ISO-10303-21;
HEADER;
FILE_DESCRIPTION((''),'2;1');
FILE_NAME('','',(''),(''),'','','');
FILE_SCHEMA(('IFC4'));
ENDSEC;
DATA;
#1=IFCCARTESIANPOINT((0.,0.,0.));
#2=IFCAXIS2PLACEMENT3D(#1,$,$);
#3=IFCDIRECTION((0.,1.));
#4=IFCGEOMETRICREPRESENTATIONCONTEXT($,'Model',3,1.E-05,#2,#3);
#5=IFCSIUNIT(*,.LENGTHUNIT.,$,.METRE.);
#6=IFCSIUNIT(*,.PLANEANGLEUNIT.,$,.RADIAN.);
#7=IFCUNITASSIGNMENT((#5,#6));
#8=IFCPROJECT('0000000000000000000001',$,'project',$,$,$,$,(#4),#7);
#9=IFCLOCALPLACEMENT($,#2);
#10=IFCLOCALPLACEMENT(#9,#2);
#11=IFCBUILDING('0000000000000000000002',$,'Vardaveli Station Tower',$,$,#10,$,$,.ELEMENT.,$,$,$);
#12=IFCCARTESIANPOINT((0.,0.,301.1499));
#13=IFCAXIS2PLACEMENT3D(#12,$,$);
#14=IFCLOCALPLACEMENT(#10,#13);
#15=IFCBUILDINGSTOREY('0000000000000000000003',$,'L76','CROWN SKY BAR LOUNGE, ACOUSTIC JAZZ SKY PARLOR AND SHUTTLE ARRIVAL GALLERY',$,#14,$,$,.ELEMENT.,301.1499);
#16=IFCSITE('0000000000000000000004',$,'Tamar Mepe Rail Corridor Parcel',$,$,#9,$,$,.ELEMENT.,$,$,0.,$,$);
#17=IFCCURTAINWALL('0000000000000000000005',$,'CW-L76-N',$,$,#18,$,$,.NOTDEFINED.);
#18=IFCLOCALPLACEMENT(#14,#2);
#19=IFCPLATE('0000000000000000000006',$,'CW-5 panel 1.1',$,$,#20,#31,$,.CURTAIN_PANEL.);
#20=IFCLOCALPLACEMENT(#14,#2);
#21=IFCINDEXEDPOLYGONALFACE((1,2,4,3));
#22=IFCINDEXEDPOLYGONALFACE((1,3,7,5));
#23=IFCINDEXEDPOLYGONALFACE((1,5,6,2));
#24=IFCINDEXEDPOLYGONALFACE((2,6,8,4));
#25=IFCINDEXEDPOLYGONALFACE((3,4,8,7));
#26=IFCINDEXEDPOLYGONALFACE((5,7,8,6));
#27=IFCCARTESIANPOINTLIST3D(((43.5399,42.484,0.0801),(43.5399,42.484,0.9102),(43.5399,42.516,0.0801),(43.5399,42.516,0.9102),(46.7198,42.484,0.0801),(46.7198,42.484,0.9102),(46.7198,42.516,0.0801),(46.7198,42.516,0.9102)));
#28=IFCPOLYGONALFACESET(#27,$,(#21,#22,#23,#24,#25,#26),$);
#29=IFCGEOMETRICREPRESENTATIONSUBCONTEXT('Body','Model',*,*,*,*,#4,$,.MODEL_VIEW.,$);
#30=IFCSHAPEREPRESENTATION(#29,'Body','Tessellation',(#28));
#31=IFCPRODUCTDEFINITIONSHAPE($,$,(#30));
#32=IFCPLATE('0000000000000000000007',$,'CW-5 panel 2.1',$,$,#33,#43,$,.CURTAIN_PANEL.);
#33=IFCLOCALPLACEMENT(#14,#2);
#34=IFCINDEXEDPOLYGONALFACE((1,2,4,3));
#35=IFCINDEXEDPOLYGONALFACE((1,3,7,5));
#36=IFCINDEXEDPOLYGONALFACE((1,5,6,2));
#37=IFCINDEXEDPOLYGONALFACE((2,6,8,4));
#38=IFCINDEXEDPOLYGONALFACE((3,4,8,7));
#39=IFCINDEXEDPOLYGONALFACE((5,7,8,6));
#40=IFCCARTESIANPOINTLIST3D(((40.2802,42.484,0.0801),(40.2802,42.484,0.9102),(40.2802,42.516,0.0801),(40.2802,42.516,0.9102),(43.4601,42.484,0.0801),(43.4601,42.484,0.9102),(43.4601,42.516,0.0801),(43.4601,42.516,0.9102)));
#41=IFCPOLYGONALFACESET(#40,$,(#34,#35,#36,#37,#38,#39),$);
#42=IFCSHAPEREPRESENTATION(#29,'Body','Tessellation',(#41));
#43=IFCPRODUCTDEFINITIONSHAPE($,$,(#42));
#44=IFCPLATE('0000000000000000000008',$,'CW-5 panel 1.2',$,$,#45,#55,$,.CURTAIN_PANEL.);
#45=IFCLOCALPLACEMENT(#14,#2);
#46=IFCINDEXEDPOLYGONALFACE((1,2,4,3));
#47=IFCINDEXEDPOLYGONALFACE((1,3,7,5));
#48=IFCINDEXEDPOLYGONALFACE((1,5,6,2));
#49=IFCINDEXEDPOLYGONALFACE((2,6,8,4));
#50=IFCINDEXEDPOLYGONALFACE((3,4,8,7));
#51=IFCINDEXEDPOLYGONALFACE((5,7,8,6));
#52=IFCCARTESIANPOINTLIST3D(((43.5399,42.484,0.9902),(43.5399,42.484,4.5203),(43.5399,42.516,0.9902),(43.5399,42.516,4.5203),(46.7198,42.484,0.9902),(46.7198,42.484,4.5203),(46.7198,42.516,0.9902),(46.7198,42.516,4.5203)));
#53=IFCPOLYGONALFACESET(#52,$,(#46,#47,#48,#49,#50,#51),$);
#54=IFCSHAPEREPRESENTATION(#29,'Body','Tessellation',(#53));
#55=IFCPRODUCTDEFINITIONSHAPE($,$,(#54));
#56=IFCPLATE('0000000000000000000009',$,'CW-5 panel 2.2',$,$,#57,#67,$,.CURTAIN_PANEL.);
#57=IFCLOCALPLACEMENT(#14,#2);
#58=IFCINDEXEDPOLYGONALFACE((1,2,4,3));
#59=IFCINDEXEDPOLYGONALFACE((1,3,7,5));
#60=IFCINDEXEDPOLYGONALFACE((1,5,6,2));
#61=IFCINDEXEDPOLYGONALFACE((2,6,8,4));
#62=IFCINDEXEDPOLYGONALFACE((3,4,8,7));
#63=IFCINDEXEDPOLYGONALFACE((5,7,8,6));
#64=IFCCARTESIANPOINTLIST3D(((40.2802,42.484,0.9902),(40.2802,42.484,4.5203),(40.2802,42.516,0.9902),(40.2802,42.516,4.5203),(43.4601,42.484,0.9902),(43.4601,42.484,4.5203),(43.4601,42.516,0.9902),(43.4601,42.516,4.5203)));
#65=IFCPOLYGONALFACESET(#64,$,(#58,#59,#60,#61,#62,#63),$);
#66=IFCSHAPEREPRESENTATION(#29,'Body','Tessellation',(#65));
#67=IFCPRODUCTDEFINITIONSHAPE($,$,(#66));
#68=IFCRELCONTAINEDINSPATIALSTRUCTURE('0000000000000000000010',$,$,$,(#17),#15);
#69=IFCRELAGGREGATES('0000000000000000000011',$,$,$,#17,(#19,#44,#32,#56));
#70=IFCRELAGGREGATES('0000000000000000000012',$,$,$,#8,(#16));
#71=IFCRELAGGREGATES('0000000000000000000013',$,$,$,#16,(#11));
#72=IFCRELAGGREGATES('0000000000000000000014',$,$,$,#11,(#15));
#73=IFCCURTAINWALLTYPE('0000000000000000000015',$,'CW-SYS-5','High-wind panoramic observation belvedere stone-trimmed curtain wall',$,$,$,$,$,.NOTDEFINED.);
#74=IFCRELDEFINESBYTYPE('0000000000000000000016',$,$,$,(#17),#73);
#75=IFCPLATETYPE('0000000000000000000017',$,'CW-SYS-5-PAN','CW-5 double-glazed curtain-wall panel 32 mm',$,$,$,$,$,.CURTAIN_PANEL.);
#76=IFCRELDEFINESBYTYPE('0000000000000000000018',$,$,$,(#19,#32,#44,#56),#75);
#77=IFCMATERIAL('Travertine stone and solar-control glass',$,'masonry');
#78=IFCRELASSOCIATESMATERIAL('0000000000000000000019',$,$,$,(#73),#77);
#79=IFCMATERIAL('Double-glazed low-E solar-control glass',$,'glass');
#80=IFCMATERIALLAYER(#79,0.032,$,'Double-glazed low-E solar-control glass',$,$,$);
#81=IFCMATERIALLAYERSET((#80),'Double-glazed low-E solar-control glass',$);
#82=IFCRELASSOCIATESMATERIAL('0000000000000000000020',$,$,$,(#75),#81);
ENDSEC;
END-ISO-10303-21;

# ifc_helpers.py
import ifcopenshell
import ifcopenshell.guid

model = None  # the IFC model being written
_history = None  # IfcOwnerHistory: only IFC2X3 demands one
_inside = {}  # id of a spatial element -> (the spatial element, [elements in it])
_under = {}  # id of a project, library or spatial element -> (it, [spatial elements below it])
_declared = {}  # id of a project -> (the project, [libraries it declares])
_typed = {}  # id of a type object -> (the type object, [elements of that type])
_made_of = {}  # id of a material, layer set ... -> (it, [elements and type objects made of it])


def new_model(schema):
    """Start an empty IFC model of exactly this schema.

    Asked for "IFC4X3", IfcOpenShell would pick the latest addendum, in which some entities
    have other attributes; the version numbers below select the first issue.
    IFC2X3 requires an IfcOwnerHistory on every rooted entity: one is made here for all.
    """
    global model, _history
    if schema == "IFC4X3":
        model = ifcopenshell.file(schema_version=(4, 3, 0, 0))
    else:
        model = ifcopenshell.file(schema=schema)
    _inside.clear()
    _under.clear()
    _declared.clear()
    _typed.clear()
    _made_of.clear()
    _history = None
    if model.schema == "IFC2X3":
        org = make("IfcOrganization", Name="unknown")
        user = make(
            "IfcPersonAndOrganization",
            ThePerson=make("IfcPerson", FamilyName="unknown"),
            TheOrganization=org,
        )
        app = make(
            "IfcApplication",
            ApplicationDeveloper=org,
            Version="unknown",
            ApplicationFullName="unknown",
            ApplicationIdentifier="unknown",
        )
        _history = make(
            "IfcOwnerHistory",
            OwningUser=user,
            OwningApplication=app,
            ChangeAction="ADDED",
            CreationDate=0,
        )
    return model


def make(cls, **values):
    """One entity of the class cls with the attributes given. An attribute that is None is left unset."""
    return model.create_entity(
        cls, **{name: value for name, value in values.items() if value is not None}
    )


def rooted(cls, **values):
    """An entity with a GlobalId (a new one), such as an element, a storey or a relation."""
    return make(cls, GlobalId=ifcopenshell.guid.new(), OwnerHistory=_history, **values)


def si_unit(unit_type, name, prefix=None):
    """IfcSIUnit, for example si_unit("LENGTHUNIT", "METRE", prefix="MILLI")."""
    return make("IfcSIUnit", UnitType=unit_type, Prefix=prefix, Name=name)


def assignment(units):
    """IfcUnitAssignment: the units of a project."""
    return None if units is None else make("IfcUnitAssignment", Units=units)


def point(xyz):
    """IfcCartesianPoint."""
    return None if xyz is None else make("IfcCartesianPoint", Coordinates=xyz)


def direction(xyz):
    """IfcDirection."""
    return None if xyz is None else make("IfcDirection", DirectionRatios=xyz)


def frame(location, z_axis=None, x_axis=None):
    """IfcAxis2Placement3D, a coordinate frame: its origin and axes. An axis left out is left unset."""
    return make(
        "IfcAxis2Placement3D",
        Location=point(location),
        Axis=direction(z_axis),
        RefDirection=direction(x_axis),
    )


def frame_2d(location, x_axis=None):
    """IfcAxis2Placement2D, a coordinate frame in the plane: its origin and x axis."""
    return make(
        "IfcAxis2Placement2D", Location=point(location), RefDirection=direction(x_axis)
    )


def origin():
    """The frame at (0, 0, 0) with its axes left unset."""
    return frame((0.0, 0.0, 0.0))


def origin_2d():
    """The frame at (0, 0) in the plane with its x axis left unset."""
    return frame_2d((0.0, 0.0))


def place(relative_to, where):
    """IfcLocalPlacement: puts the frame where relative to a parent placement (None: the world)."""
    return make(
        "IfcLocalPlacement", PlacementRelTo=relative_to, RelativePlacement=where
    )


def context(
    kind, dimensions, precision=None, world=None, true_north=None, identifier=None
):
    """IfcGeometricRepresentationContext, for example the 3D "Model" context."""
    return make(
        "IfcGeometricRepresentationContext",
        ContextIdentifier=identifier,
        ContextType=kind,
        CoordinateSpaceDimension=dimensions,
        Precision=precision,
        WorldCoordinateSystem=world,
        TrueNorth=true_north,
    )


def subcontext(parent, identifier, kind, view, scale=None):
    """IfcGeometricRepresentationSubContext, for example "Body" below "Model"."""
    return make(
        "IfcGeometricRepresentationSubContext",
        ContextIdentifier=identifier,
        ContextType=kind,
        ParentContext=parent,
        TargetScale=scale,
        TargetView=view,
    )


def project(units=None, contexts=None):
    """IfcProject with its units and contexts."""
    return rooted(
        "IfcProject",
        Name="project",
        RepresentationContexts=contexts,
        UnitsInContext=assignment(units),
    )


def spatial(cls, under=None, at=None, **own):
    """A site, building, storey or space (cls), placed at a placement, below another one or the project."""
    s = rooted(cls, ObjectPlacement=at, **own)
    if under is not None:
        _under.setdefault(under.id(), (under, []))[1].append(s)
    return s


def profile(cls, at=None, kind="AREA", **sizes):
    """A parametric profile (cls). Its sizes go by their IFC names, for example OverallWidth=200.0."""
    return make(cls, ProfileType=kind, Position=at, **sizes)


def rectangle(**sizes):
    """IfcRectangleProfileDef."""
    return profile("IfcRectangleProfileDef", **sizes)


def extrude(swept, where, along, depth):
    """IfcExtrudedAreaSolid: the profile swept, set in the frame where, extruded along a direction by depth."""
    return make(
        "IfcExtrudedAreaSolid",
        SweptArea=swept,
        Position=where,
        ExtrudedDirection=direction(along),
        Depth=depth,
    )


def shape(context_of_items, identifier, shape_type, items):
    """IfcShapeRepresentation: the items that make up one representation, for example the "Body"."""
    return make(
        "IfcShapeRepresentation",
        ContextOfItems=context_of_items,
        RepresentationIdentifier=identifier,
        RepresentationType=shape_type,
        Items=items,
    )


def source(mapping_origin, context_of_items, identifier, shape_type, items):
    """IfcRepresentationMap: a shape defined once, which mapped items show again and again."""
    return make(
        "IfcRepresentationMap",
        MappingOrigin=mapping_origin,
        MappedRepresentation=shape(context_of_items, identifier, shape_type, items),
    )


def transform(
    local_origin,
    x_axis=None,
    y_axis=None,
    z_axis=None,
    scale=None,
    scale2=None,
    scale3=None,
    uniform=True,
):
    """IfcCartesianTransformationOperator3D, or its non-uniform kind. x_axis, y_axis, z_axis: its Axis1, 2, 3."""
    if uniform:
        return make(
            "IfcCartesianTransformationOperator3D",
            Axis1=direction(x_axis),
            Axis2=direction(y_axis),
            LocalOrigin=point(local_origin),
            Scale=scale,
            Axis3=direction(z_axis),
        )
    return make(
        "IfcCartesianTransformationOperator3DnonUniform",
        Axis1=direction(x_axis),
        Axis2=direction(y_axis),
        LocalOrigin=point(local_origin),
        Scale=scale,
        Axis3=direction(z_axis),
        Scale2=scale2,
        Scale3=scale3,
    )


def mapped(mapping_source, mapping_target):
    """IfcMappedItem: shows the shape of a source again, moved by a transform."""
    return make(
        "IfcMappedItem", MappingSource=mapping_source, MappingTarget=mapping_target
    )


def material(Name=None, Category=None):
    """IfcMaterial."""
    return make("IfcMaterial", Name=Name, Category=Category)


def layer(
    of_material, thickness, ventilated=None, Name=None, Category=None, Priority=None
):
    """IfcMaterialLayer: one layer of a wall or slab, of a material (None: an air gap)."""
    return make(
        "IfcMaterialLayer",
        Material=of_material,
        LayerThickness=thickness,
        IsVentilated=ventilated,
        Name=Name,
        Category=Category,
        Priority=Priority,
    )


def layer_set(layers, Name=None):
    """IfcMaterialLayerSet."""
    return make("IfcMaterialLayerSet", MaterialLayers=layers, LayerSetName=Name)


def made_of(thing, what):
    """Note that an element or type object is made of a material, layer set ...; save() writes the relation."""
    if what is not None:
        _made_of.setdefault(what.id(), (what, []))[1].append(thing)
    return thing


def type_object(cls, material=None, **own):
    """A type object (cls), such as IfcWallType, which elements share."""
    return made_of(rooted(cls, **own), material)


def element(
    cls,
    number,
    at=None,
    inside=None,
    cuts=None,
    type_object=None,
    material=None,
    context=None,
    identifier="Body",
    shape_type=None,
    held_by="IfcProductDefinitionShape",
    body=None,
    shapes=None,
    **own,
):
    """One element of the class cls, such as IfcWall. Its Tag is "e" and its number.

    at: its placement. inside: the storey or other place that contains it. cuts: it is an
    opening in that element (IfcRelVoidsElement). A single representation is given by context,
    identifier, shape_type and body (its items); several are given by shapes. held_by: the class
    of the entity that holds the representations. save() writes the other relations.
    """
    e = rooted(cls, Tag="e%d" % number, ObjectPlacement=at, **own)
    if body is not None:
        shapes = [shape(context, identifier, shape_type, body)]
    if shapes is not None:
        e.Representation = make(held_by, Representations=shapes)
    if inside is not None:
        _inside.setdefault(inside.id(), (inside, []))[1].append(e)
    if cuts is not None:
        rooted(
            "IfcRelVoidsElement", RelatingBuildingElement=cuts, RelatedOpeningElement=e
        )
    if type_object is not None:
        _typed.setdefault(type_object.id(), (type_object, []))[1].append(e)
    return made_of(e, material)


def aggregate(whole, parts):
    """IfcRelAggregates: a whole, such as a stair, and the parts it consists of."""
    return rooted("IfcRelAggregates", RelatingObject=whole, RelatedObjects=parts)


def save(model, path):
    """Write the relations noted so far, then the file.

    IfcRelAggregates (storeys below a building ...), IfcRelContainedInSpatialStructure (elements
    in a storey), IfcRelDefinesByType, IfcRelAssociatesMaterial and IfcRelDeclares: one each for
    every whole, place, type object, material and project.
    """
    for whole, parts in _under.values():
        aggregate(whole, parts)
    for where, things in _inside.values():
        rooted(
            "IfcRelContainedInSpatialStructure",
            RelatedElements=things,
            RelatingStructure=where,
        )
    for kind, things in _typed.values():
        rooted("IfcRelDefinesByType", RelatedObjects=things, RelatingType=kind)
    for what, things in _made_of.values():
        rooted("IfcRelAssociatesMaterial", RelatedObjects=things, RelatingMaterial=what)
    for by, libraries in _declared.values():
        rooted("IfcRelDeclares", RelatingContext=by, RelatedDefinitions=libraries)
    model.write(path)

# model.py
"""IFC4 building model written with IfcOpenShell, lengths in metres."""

from ifc_helpers import new_model, si_unit, direction, frame, origin, origin_2d, place, context, subcontext, project, spatial, rectangle, extrude, source, transform, mapped, material, layer, layer_set, type_object, element, aggregate, save


model = new_model("IFC4")

# Units and contexts
model_context = context("Model", 3, precision=1e-05, world=origin(), true_north=direction((0.0, 1.0)))
body_context = subcontext(model_context, "Body", "Model", "MODEL_VIEW")
ifc_project = project(units=[si_unit("LENGTHUNIT", "METRE"), si_unit("PLANEANGLEUNIT", "RADIAN")], contexts=[model_context])

# Site, building, storey
site_placement = place(None, origin())
site = spatial("IfcSite", under=ifc_project, at=site_placement, Name="Tamar Mepe Rail Corridor Parcel", CompositionType="ELEMENT", RefElevation=0.0)
building_placement = place(site_placement, origin())
building = spatial("IfcBuilding", under=site, at=building_placement, Name="Vardaveli Station Tower", CompositionType="ELEMENT")
storey_placement = place(building_placement, frame((0.0, 0.0, 301.1499)))
storey = spatial("IfcBuildingStorey", under=building, at=storey_placement, Name="L76", Description="CROWN SKY BAR LOUNGE, ACOUSTIC JAZZ SKY PARLOR AND SHUTTLE ARRIVAL GALLERY", CompositionType="ELEMENT", Elevation=301.1499)

# Curtain wall
ifc_material_1 = material(Name="Travertine stone and solar-control glass", Category="masonry")
curtain_wall_type = type_object("IfcCurtainWallType", Name="CW-SYS-5", Description="High-wind panoramic observation belvedere stone-trimmed curtain wall", PredefinedType="NOTDEFINED", material=ifc_material_1)
curtain_wall_placement = place(storey_placement, origin())
curtain_wall = element("IfcCurtainWall", 1, at=curtain_wall_placement, inside=storey, type_object=curtain_wall_type, Name="CW-L76-N", PredefinedType="NOTDEFINED")

# Plates
ifc_material_2 = material(Name="Double-glazed low-E solar-control glass", Category="glass")
ifc_layer_1 = layer(ifc_material_2, 0.032, Name="Double-glazed low-E solar-control glass")
ifc_layer_set_1 = layer_set([ifc_layer_1], Name="Double-glazed low-E solar-control glass")
plate_type_1 = type_object("IfcPlateType", Name="CW-SYS-5-PAN", Description="CW-5 double-glazed curtain-wall panel 32 mm", PredefinedType="CURTAIN_PANEL", material=ifc_layer_set_1)
shared_shape_1 = source(origin(), body_context, "Body", "SweptSolid", [
    extrude(rectangle(XDim=3.1799, YDim=0.032, at=origin_2d()), origin(), (0.0, 0.0, 1.0), 0.8301),
])
plate_1_placement = place(storey_placement, frame((45.1299, 42.5, 0.0801), z_axis=(0.0, 0.0, 1.0), x_axis=(-1.0, 0.0, 0.0)))
plate_1 = element("IfcPlate", 2, at=plate_1_placement, type_object=plate_type_1, Name="CW-5 panel 1.1", PredefinedType="CURTAIN_PANEL", context=body_context, shape_type="MappedRepresentation", body=[
    mapped(shared_shape_1, transform((0.0, 0.0, 0.0), scale=1.0)),
])
plate_2_placement = place(storey_placement, frame((41.8701, 42.5, 0.0801), z_axis=(0.0, 0.0, 1.0), x_axis=(-1.0, 0.0, 0.0)))
plate_2 = element("IfcPlate", 3, at=plate_2_placement, type_object=plate_type_1, Name="CW-5 panel 2.1", PredefinedType="CURTAIN_PANEL", context=body_context, shape_type="MappedRepresentation", body=[
    mapped(shared_shape_1, transform((0.0, 0.0, 0.0), scale=1.0)),
])
shared_shape_2 = source(origin(), body_context, "Body", "SweptSolid", [
    extrude(rectangle(XDim=3.1799, YDim=0.032, at=origin_2d()), origin(), (0.0, 0.0, 1.0), 3.53),
])
plate_3_placement = place(storey_placement, frame((45.1299, 42.5, 0.9902), z_axis=(0.0, 0.0, 1.0), x_axis=(-1.0, 0.0, 0.0)))
plate_3 = element("IfcPlate", 4, at=plate_3_placement, type_object=plate_type_1, Name="CW-5 panel 1.2", PredefinedType="CURTAIN_PANEL", context=body_context, shape_type="MappedRepresentation", body=[
    mapped(shared_shape_2, transform((0.0, 0.0, 0.0), scale=1.0)),
])
plate_4_placement = place(storey_placement, frame((41.8701, 42.5, 0.9902), z_axis=(0.0, 0.0, 1.0), x_axis=(-1.0, 0.0, 0.0)))
plate_4 = element("IfcPlate", 5, at=plate_4_placement, type_object=plate_type_1, Name="CW-5 panel 2.2", PredefinedType="CURTAIN_PANEL", context=body_context, shape_type="MappedRepresentation", body=[
    mapped(shared_shape_2, transform((0.0, 0.0, 0.0), scale=1.0)),
])
aggregate(curtain_wall, [plate_1, plate_3, plate_2, plate_4])

save(model, "model.ifc")
